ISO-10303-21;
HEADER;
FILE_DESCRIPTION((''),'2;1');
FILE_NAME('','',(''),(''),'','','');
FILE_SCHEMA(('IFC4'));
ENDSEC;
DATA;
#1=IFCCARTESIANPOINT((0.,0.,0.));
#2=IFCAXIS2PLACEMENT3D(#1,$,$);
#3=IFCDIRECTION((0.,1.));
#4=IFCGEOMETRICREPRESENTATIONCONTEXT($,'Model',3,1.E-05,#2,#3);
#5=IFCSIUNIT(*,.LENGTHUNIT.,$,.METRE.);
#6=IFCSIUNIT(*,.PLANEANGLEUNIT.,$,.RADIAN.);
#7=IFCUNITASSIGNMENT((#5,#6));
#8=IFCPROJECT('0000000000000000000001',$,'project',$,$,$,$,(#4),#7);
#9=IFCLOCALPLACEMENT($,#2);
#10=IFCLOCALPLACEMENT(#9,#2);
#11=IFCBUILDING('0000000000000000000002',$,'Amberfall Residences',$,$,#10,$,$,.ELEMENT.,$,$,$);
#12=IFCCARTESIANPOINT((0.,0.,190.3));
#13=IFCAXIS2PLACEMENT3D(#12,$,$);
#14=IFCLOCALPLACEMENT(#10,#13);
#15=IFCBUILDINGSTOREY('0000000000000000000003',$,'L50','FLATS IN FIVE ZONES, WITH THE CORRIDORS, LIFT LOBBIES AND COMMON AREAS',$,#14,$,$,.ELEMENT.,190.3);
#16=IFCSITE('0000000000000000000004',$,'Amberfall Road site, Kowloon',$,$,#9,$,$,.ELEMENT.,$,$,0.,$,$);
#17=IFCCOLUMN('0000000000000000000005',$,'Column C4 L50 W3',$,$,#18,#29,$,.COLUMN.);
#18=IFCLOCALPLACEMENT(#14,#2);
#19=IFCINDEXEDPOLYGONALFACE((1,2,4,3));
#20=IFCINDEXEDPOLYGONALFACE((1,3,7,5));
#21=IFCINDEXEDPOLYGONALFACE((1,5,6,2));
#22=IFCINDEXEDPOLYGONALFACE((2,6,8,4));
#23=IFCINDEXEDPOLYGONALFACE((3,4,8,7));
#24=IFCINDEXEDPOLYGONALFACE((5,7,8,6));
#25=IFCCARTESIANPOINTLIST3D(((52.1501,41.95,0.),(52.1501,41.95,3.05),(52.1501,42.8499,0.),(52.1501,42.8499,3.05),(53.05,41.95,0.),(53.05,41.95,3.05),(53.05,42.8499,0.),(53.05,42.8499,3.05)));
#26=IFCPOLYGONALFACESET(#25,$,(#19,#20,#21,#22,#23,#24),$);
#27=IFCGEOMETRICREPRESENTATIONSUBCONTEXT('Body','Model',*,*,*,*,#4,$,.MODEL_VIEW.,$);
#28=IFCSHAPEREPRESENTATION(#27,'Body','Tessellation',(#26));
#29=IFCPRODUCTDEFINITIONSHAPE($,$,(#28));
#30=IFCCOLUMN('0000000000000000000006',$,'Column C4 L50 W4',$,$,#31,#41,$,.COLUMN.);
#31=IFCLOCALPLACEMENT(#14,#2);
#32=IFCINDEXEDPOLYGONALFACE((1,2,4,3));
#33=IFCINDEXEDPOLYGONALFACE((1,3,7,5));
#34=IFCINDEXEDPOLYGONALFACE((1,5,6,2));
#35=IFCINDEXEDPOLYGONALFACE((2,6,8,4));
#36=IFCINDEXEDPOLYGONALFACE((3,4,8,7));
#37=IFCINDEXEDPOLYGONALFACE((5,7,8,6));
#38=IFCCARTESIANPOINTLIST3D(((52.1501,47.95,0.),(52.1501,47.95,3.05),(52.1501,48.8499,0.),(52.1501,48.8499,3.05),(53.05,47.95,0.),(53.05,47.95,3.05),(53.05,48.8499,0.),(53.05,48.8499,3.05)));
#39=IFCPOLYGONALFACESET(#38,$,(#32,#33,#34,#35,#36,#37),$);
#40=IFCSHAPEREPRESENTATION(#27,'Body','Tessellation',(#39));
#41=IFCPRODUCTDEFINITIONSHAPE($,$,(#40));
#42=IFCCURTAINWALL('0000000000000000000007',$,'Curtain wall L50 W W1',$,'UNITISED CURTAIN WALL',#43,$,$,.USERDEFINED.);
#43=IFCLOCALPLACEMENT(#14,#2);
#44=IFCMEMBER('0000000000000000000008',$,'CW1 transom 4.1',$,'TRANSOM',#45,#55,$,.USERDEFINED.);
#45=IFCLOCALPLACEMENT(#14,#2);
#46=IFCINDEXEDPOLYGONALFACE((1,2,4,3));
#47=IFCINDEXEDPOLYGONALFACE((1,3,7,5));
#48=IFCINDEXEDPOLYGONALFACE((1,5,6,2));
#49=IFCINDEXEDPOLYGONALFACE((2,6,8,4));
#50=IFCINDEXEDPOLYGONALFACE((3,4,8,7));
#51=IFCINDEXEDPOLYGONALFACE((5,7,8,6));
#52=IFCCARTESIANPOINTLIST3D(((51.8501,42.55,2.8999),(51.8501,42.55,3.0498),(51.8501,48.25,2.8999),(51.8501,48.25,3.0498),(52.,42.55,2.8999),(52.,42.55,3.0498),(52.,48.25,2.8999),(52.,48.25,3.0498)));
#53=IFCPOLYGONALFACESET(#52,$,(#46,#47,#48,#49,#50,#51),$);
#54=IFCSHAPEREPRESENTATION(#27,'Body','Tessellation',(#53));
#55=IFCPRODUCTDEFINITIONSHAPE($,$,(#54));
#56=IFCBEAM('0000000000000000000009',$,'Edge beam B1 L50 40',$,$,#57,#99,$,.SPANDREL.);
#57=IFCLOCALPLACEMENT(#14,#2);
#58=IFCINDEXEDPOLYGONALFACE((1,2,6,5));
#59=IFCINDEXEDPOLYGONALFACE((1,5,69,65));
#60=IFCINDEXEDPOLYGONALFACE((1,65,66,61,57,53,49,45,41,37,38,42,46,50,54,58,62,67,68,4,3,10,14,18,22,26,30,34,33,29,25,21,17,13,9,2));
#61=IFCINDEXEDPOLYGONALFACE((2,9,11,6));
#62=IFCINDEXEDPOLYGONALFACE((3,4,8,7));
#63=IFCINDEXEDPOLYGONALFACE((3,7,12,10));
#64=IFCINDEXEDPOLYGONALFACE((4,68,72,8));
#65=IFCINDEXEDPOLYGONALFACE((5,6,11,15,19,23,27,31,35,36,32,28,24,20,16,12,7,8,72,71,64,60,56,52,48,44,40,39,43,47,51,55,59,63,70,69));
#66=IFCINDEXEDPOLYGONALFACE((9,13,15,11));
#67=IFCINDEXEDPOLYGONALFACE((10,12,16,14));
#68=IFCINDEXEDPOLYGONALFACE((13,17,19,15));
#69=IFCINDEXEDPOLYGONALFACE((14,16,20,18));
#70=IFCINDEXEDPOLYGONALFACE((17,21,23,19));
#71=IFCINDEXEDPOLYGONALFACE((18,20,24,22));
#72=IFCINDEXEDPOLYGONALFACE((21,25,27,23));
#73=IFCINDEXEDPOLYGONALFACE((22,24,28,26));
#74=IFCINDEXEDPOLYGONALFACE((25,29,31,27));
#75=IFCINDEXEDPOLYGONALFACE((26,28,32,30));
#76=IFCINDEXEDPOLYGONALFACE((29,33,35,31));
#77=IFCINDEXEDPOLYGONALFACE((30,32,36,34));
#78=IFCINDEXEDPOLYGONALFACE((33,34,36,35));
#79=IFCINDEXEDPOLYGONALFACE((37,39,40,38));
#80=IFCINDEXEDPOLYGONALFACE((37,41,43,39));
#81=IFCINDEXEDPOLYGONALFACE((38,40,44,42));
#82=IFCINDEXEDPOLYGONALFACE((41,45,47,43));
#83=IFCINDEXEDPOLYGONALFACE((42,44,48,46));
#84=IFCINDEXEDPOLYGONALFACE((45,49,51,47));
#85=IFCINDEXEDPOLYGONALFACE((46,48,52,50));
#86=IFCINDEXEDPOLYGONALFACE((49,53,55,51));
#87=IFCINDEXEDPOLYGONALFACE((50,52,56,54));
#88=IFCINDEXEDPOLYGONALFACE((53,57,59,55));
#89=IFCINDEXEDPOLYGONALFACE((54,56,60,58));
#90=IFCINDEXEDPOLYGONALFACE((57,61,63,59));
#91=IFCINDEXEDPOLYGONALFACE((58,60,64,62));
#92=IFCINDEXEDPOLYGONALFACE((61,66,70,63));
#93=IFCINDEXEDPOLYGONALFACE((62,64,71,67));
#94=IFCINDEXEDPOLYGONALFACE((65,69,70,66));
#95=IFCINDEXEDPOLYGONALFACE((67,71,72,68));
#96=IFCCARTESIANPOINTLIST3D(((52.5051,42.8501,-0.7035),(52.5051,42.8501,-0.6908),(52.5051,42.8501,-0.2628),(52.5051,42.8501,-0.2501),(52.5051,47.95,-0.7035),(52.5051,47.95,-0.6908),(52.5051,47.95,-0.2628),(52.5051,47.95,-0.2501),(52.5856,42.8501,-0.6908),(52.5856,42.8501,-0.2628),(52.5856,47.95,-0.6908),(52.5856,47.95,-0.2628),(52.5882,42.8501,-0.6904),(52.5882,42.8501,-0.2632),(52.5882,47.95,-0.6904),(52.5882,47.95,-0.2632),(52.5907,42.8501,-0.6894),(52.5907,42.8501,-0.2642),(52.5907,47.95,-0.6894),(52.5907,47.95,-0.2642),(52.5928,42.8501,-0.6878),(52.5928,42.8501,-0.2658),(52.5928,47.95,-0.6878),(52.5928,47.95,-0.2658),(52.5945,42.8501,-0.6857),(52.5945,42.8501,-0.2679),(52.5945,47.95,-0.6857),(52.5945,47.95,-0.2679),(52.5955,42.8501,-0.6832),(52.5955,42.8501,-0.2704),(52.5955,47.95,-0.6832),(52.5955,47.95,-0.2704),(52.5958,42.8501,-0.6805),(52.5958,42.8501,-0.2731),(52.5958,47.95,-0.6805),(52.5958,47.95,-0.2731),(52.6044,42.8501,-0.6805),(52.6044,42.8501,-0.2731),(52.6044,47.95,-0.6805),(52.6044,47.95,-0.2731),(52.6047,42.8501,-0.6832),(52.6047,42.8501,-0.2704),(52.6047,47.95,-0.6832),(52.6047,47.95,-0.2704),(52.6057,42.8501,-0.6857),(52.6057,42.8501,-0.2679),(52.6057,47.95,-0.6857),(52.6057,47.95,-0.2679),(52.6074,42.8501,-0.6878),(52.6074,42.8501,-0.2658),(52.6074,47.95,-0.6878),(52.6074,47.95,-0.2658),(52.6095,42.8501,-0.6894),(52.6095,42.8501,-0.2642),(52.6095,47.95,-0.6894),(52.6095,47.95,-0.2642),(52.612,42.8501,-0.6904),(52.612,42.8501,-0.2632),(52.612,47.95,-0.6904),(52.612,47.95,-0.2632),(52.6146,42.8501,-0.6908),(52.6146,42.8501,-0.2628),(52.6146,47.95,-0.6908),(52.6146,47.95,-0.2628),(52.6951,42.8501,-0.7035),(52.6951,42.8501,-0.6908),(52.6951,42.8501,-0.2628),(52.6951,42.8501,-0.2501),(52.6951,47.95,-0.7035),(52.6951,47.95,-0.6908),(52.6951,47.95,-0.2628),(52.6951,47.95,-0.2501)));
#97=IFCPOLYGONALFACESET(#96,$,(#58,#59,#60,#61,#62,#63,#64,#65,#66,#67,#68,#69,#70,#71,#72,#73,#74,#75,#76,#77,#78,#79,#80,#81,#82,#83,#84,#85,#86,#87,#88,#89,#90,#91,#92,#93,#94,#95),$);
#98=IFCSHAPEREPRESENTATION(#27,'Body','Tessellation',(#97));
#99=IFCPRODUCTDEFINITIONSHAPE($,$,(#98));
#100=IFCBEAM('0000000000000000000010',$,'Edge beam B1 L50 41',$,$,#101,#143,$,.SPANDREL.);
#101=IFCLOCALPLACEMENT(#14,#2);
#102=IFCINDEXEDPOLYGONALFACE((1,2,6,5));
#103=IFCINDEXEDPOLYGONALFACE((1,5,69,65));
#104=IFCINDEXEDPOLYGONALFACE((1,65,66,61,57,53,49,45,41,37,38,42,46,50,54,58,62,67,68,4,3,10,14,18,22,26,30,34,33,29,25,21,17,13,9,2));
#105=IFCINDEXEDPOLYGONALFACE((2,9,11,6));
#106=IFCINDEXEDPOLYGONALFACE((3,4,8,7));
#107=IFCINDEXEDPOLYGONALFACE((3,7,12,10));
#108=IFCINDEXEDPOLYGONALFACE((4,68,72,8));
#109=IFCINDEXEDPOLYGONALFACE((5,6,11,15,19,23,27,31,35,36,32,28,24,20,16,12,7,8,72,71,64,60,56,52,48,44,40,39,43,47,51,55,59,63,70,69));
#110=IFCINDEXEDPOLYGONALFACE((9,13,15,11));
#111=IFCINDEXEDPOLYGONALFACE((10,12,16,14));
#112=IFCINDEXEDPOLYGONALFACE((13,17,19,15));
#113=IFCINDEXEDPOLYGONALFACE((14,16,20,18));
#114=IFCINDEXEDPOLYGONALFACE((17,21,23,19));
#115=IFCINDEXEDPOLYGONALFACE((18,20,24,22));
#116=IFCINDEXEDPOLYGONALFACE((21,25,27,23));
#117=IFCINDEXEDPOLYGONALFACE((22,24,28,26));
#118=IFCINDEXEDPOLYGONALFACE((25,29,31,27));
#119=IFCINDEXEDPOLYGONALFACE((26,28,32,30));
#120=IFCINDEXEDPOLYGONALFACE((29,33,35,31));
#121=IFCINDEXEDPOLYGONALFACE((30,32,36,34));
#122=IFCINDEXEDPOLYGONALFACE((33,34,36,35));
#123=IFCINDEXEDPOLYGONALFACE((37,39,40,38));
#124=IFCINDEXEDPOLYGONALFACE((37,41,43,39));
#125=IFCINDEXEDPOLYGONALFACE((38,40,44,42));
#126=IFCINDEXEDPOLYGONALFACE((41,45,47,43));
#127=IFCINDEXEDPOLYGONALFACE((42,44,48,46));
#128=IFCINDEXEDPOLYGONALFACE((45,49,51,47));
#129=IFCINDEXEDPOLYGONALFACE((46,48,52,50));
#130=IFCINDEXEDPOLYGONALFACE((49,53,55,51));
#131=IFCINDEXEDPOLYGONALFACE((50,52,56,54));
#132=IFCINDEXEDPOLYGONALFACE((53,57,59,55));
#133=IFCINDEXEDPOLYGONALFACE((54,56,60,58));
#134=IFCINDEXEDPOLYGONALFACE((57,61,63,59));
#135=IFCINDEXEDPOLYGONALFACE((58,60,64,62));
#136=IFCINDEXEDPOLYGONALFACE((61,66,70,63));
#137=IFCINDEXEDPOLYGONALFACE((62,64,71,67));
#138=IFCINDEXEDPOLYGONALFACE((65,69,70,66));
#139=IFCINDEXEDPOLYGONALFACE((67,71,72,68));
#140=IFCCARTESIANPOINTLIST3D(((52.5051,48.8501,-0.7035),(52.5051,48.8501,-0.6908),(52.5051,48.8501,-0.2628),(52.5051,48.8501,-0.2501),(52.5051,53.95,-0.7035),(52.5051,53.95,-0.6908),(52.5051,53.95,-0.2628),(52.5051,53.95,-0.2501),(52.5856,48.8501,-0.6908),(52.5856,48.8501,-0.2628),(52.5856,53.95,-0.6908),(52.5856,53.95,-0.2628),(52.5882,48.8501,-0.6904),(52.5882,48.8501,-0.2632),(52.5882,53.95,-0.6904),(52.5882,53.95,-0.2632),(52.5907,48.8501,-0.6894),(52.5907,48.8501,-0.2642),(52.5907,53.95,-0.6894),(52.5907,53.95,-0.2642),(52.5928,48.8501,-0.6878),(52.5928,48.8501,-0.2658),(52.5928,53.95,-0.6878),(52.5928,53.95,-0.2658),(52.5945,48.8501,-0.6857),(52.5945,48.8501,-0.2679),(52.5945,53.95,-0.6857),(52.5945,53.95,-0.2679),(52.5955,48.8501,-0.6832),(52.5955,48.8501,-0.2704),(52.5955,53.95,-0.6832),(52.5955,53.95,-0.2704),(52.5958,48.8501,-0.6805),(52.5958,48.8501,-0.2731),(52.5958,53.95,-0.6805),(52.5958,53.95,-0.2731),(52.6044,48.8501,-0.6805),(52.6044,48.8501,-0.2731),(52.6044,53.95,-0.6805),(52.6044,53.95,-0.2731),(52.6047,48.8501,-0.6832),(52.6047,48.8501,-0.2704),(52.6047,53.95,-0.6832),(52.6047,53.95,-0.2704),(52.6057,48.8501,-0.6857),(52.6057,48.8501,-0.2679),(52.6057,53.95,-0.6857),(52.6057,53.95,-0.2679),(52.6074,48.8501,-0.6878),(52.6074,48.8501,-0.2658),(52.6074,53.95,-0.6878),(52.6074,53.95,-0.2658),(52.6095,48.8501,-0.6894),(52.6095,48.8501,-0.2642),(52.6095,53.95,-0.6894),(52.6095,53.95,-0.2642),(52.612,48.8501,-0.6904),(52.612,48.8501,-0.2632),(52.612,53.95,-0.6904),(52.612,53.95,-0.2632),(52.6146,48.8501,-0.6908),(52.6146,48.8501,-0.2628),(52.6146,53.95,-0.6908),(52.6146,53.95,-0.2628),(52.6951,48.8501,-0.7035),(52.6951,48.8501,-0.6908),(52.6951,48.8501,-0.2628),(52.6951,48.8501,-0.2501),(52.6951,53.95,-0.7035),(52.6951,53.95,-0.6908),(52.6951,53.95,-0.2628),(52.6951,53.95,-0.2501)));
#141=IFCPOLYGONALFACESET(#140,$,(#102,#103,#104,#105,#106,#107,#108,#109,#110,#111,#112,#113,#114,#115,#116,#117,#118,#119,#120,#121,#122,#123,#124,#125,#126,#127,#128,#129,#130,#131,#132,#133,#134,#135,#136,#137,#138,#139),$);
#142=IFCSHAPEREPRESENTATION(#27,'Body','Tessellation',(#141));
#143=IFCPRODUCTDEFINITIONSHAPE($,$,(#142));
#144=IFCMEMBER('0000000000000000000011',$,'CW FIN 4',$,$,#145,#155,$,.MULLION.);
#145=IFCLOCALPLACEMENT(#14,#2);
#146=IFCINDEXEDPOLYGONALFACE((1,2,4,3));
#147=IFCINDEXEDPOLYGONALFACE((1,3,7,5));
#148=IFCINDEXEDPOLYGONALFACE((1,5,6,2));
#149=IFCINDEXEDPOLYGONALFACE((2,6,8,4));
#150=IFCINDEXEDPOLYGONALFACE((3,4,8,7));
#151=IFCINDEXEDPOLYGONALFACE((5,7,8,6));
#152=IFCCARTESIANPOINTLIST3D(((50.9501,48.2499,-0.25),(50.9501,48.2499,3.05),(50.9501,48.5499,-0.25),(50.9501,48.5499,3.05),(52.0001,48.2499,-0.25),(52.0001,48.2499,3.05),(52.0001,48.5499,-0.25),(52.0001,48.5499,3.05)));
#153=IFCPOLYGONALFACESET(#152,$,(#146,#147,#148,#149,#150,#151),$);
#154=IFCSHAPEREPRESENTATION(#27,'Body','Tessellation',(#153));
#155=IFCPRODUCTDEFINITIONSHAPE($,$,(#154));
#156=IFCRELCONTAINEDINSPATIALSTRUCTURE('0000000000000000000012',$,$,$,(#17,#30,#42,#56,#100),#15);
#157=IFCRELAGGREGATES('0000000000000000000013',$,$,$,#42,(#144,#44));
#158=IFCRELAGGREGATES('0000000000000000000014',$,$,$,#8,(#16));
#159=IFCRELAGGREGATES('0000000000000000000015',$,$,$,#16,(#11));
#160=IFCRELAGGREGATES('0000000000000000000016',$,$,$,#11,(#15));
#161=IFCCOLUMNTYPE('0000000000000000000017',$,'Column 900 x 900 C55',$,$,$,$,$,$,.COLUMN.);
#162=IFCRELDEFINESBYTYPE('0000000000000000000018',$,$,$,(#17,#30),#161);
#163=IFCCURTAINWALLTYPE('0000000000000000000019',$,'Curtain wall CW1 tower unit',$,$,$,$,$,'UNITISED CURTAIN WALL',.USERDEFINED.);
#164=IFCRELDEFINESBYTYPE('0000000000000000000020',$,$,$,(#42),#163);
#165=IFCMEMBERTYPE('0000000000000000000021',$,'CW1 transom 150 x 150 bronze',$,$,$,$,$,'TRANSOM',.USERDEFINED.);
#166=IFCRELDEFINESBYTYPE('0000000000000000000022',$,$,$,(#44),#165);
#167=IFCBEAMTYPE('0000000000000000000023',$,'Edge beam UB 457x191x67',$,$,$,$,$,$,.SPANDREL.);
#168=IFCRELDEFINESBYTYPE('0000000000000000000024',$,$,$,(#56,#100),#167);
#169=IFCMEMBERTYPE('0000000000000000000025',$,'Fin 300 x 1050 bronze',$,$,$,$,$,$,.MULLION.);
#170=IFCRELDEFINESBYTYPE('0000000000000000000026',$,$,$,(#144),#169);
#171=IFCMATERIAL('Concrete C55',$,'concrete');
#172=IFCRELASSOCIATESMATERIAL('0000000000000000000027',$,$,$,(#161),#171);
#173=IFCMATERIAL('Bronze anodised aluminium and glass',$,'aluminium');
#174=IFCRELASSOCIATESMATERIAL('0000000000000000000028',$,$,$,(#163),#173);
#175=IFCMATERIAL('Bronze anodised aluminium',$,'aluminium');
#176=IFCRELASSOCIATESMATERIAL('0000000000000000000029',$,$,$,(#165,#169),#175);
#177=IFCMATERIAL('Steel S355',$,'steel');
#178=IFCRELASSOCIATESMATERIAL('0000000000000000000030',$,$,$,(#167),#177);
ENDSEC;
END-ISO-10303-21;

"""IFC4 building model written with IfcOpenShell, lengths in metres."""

from ifc_helpers import new_model, si_unit, direction, frame, origin, origin_2d, place, context, subcontext, project, spatial, rectangle, i_section, extrude, material, material_profile, profile_set, type_object, element, aggregate, save


model = new_model("IFC4")

# Units and contexts
model_context = context("Model", 3, precision=1e-05, world=origin(), true_north=direction((0.0, 1.0)))
body_context = subcontext(model_context, "Body", "Model", "MODEL_VIEW")
ifc_project = project(units=[si_unit("LENGTHUNIT", "METRE"), si_unit("PLANEANGLEUNIT", "RADIAN")], contexts=[model_context])

# Site, building, storey
site_placement = place(None, origin())
site = spatial("IfcSite", under=ifc_project, at=site_placement, Name="Amberfall Road site, Kowloon", CompositionType="ELEMENT", RefElevation=0.0)
building_placement = place(site_placement, origin())
building = spatial("IfcBuilding", under=site, at=building_placement, Name="Amberfall Residences", CompositionType="ELEMENT")
storey_placement = place(building_placement, frame((0.0, 0.0, 190.3)))
storey = spatial("IfcBuildingStorey", under=building, at=storey_placement, Name="L50", Description="FLATS IN FIVE ZONES, WITH THE CORRIDORS, LIFT LOBBIES AND COMMON AREAS", CompositionType="ELEMENT", Elevation=190.3)

# Columns
ifc_material_1 = material(Name="Concrete C55", Category="concrete")
ifc_material_profile_1 = material_profile(ifc_material_1, rectangle(XDim=0.8999, YDim=0.8999, at=origin_2d()), Name="Column 900 x 900 C55")
ifc_profile_set_1 = profile_set([ifc_material_profile_1], Name="Concrete C55")
column_type = type_object("IfcColumnType", Name="Column 900 x 900 C55", PredefinedType="COLUMN", material=ifc_profile_set_1)
for number, where, z_axis, x_axis, name in (
    (1, (52.6001, 42.3999, 0.0), (0.0, 0.0, 1.0), (1.0, 0.0, 0.0), "Column C4 L50 W3"),
    (2, (52.6001, 48.3999, 0.0), (0.0, 0.0, 1.0), (1.0, 0.0, 0.0), "Column C4 L50 W4"),
):
    element("IfcColumn", number, at=place(storey_placement, frame(where, z_axis=z_axis, x_axis=x_axis)), inside=storey, type_object=column_type, Name=name, PredefinedType="COLUMN", context=body_context, shape_type="SweptSolid", body=[
        extrude(rectangle(XDim=0.8999, YDim=0.8999, at=origin_2d()), origin(), (0.0, 0.0, 1.0), 3.05),
    ])

# Curtain wall, member
ifc_material_2 = material(Name="Bronze anodised aluminium and glass", Category="aluminium")
curtain_wall_type = type_object("IfcCurtainWallType", Name="Curtain wall CW1 tower unit", ElementType="UNITISED CURTAIN WALL", PredefinedType="USERDEFINED", material=ifc_material_2)
curtain_wall_placement = place(storey_placement, origin())
curtain_wall = element("IfcCurtainWall", 3, at=curtain_wall_placement, inside=storey, type_object=curtain_wall_type, Name="Curtain wall L50 W W1", ObjectType="UNITISED CURTAIN WALL", PredefinedType="USERDEFINED")
ifc_material_3 = material(Name="Bronze anodised aluminium", Category="aluminium")
ifc_material_profile_2 = material_profile(ifc_material_3, rectangle(XDim=0.1499, YDim=0.1499, at=origin_2d()), Name="CW1 transom 150 x 150 bronze")
ifc_profile_set_2 = profile_set([ifc_material_profile_2], Name="Bronze anodised aluminium")
member_type_1 = type_object("IfcMemberType", Name="CW1 transom 150 x 150 bronze", ElementType="TRANSOM", PredefinedType="USERDEFINED", material=ifc_profile_set_2)
member_1_placement = place(storey_placement, frame((51.925, 48.25, 2.9749), z_axis=(0.0, -1.0, 0.0), x_axis=(1.0, 0.0, 0.0)))
member_1 = element("IfcMember", 4, at=member_1_placement, type_object=member_type_1, Name="CW1 transom 4.1", ObjectType="TRANSOM", PredefinedType="USERDEFINED", context=body_context, shape_type="SweptSolid", body=[
    extrude(rectangle(XDim=0.1499, YDim=0.1499, at=origin_2d()), origin(), (0.0, 0.0, 1.0), 5.7),
])

# Beams
ifc_material_4 = material(Name="Steel S355", Category="steel")
ifc_material_profile_3 = material_profile(ifc_material_4, i_section(OverallWidth=0.1899, OverallDepth=0.4534, WebThickness=0.0085, FlangeThickness=0.0127, FilletRadius=0.0103, at=origin_2d()), Name="UB 457x191x67")
ifc_profile_set_3 = profile_set([ifc_material_profile_3], Name="Steel S355")
beam_type_1 = type_object("IfcBeamType", Name="Edge beam UB 457x191x67", PredefinedType="SPANDREL", material=ifc_profile_set_3)
for number, where, z_axis, x_axis, name in (
    (5, (52.6001, 42.8501, -0.4768), (0.0, 1.0, 0.0), (-1.0, 0.0, 0.0), "Edge beam B1 L50 40"),
    (6, (52.6001, 48.8501, -0.4768), (0.0, 1.0, 0.0), (-1.0, 0.0, 0.0), "Edge beam B1 L50 41"),
):
    element("IfcBeam", number, at=place(storey_placement, frame(where, z_axis=z_axis, x_axis=x_axis)), inside=storey, type_object=beam_type_1, Name=name, PredefinedType="SPANDREL", context=body_context, shape_type="SweptSolid", body=[
        extrude(i_section(OverallWidth=0.1899, OverallDepth=0.4534, WebThickness=0.0085, FlangeThickness=0.0127, FilletRadius=0.0103, at=origin_2d()), origin(), (0.0, 0.0, 1.0), 5.0999),
    ])

# Member
ifc_material_profile_4 = material_profile(ifc_material_3, rectangle(XDim=1.05, YDim=0.3, at=origin_2d()), Name="Fin 300 x 1050 bronze")
ifc_profile_set_4 = profile_set([ifc_material_profile_4], Name="Bronze anodised aluminium")
member_type_2 = type_object("IfcMemberType", Name="Fin 300 x 1050 bronze", PredefinedType="MULLION", material=ifc_profile_set_4)
member_2_placement = place(storey_placement, frame((51.4751, 48.3999, -0.25), z_axis=(0.0, 0.0, 1.0), x_axis=(1.0, 0.0, 0.0)))
member_2 = element("IfcMember", 7, at=member_2_placement, type_object=member_type_2, Name="CW FIN 4", PredefinedType="MULLION", context=body_context, shape_type="SweptSolid", body=[
    extrude(rectangle(XDim=1.05, YDim=0.3, at=origin_2d()), origin(), (0.0, 0.0, 1.0), 3.3),
])

aggregate(curtain_wall, [member_2, member_1])

save(model, "model.ifc")
